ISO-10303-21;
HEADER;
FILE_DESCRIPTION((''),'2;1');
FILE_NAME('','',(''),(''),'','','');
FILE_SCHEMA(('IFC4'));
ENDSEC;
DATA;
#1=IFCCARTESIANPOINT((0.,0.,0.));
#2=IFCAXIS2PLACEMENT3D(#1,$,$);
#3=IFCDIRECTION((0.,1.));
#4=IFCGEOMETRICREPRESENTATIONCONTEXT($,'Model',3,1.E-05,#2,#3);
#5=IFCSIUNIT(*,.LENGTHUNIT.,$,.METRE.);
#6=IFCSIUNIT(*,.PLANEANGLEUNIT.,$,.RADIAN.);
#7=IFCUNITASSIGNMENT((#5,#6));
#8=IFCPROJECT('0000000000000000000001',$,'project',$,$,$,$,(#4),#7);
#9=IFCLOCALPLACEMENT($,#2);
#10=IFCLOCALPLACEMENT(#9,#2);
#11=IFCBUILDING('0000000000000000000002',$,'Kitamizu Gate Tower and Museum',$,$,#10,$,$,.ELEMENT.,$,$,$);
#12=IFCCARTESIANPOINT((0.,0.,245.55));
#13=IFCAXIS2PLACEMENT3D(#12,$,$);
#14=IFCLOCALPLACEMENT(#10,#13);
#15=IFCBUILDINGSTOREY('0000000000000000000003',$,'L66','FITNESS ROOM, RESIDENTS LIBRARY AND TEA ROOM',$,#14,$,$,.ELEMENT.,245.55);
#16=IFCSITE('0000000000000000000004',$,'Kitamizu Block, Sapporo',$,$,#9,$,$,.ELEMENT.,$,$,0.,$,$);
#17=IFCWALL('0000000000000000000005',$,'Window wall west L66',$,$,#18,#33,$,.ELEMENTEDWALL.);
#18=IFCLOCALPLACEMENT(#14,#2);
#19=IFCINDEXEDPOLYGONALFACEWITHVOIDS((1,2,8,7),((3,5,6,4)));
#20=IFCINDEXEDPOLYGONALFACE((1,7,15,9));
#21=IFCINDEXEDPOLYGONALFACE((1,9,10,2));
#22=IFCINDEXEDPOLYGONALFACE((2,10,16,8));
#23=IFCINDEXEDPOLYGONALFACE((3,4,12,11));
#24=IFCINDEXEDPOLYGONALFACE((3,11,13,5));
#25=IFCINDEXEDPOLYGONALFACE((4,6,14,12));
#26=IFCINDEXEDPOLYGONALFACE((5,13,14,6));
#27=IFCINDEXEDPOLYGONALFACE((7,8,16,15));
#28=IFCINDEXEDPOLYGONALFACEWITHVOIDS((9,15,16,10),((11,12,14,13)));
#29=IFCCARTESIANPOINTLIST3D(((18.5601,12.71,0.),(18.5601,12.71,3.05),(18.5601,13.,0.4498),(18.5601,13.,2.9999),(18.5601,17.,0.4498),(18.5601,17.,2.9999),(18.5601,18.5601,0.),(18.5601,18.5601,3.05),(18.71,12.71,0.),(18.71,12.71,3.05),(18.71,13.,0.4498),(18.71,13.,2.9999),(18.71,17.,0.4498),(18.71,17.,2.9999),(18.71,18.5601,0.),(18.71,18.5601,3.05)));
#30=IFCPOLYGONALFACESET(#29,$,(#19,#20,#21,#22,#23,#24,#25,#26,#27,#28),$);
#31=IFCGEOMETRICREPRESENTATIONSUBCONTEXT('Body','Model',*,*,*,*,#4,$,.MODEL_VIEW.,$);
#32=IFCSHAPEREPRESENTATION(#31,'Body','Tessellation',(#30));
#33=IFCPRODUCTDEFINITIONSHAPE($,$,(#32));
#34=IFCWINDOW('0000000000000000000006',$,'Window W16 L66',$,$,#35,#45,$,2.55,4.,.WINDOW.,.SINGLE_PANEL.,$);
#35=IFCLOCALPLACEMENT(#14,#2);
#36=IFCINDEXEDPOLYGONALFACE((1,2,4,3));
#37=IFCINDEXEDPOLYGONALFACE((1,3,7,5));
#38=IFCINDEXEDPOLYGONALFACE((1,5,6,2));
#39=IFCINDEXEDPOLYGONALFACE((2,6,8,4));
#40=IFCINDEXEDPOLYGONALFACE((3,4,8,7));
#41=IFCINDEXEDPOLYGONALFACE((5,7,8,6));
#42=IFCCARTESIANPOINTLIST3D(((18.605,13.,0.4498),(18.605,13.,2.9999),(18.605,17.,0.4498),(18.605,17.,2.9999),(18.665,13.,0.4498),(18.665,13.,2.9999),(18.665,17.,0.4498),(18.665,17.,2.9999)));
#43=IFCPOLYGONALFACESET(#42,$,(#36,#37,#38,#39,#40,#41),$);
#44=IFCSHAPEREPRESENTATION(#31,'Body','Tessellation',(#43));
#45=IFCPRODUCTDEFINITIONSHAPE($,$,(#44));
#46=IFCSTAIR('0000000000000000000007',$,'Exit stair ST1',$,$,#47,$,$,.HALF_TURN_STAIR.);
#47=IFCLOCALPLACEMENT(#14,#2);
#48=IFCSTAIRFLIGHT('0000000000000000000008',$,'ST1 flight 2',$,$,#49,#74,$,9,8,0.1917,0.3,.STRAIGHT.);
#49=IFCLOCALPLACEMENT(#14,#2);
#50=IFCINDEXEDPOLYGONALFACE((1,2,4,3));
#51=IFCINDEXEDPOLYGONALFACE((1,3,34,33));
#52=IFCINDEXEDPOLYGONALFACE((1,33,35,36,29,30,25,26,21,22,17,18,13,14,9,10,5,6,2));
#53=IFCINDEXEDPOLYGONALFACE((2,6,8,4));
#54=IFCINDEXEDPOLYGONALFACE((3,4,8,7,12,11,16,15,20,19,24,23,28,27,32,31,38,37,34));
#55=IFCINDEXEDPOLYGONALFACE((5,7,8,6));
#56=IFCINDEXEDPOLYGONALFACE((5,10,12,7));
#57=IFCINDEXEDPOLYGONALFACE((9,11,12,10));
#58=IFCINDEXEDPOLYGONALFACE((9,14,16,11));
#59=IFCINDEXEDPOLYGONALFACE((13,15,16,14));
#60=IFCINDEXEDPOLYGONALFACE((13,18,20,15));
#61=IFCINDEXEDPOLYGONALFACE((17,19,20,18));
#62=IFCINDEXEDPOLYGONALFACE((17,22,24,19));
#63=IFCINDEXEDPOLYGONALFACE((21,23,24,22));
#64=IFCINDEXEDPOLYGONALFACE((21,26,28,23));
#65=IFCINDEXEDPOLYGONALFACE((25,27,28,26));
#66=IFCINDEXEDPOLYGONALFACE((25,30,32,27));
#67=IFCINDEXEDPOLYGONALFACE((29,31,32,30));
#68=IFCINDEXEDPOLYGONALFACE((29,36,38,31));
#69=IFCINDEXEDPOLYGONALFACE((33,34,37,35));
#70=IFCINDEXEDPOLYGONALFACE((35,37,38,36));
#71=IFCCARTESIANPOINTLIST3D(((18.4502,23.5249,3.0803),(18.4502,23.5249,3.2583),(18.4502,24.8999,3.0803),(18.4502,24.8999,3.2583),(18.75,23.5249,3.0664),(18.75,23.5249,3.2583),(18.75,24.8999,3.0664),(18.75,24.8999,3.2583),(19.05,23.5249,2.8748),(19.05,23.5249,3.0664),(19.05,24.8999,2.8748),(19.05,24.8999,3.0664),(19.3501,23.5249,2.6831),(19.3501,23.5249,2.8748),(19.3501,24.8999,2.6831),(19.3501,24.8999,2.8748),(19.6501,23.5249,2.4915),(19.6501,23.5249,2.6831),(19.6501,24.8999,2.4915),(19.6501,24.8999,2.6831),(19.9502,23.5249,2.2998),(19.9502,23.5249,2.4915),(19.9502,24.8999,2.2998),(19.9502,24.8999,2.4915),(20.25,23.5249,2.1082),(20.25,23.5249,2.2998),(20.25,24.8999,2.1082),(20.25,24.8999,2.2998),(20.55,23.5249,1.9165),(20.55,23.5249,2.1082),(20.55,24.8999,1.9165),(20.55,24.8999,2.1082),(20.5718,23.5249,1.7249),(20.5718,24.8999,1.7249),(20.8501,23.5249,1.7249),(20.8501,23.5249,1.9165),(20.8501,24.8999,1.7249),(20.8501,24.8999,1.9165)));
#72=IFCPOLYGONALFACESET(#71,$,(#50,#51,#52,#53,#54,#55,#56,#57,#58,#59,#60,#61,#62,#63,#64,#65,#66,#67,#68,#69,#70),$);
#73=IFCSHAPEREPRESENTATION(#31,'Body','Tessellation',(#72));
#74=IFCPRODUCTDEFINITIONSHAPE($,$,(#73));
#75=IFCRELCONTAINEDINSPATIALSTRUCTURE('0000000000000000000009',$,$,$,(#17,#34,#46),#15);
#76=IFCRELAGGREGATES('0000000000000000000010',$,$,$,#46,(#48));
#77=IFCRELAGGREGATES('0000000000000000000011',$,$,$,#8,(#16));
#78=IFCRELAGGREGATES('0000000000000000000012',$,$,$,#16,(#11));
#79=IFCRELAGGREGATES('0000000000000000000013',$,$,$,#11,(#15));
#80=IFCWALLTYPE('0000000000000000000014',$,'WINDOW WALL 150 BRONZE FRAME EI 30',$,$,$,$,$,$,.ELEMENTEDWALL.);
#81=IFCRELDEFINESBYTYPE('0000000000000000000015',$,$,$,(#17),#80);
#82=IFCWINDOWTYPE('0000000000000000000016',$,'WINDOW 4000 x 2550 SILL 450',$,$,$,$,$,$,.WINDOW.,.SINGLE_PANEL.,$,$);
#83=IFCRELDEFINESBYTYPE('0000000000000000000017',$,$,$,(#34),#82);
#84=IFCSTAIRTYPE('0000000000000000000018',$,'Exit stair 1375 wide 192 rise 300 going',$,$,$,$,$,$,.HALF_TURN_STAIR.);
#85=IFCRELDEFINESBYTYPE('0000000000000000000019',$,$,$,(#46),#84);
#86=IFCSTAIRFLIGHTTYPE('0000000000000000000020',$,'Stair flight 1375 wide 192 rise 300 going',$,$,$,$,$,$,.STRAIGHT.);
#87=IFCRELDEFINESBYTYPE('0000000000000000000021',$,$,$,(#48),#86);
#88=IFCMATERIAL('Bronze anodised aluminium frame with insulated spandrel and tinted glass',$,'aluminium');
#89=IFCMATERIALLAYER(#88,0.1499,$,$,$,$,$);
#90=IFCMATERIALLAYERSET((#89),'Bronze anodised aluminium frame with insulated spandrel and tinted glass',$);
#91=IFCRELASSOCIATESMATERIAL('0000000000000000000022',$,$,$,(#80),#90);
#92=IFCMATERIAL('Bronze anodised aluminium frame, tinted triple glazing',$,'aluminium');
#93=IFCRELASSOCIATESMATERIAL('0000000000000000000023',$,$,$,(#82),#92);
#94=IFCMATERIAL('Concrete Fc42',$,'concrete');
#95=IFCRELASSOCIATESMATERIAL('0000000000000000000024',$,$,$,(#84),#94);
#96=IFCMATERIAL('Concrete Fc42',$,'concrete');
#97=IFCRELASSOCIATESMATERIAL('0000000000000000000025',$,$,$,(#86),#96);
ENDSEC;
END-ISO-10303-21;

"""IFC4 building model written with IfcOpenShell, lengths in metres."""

from ifc_helpers import new_model, si_unit, direction, frame, frame_2d, origin, place, context, subcontext, project, spatial, polyline, rectangle, outline, extrude, material, layer, layer_set, type_object, element, fill, aggregate, save


model = new_model("IFC4")

# Units and contexts
model_context = context("Model", 3, precision=1e-05, world=origin(), true_north=direction((0.0, 1.0)))
body_context = subcontext(model_context, "Body", "Model", "MODEL_VIEW")
ifc_project = project(units=[si_unit("LENGTHUNIT", "METRE"), si_unit("PLANEANGLEUNIT", "RADIAN")], contexts=[model_context])

# Site, building, storey
site_placement = place(None, origin())
site = spatial("IfcSite", under=ifc_project, at=site_placement, Name="Kitamizu Block, Sapporo", CompositionType="ELEMENT", RefElevation=0.0)
building_placement = place(site_placement, origin())
building = spatial("IfcBuilding", under=site, at=building_placement, Name="Kitamizu Gate Tower and Museum", CompositionType="ELEMENT")
storey_placement = place(building_placement, frame((0.0, 0.0, 245.55)))
storey = spatial("IfcBuildingStorey", under=building, at=storey_placement, Name="L66", Description="FITNESS ROOM, RESIDENTS LIBRARY AND TEA ROOM", CompositionType="ELEMENT", Elevation=245.55)

# Shared definitions
ifc_material_1 = material(Name="Bronze anodised aluminium frame with insulated spandrel and tinted glass", Category="aluminium")
ifc_layer_1 = layer(ifc_material_1, 0.1499)
ifc_layer_set_1 = layer_set([ifc_layer_1], Name="Bronze anodised aluminium frame with insulated spandrel and tinted glass")
wall_type_1 = type_object("IfcWallType", Name="WINDOW WALL 150 BRONZE FRAME EI 30", PredefinedType="ELEMENTEDWALL", material=ifc_layer_set_1)

# Wall, opening, window
wall_1_placement = place(storey_placement, frame((18.635, 12.71, 0.0), z_axis=(0.0, 0.0, 1.0), x_axis=(0.0, 1.0, 0.0)))
wall_1 = element("IfcWall", 1, at=wall_1_placement, inside=storey, type_object=wall_type_1, Name="Window wall west L66", PredefinedType="ELEMENTEDWALL", context=body_context, shape_type="SweptSolid", body=[
    extrude(rectangle(XDim=5.8501, YDim=0.1499, at=frame_2d((2.925, 0.0))), origin(), (0.0, 0.0, 1.0), 3.05),
])
opening_1_placement = place(wall_1_placement, frame((0.29, 0.0, 0.45)))
opening_1 = element("IfcOpeningElement", 2, at=opening_1_placement, cuts=wall_1, PredefinedType="OPENING", context=body_context, shape_type="SweptSolid", body=[
    extrude(rectangle(XDim=4.0, YDim=2.55, at=frame_2d((2.0, 1.2749))), frame((0.0, 0.085, 0.0), z_axis=(0.0, -1.0, 0.0), x_axis=(1.0, 0.0, 0.0)), (0.0, 0.0, 1.0), 0.1699),
])
ifc_material_2 = material(Name="Bronze anodised aluminium frame, tinted triple glazing", Category="aluminium")
window_type_1 = type_object("IfcWindowType", Name="WINDOW 4000 x 2550 SILL 450", PartitioningType="SINGLE_PANEL", PredefinedType="WINDOW", material=ifc_material_2)
window_1_placement = place(opening_1_placement, origin())
window_1 = element("IfcWindow", 3, at=window_1_placement, inside=storey, type_object=window_type_1, Name="Window W16 L66", OverallHeight=2.55, OverallWidth=4.0, PartitioningType="SINGLE_PANEL", PredefinedType="WINDOW", context=body_context, shape_type="SweptSolid", body=[
    extrude(rectangle(XDim=4.0, YDim=2.55, at=frame_2d((2.0, 1.2749))), frame((0.0, 0.03, 0.0), z_axis=(0.0, -1.0, 0.0), x_axis=(1.0, 0.0, 0.0)), (0.0, 0.0, 1.0), 0.0601),
])
fill(opening_1, window_1)

# Stair, stair flight
ifc_material_3 = material(Name="Concrete Fc42", Category="concrete")
stair_type = type_object("IfcStairType", Name="Exit stair 1375 wide 192 rise 300 going", PredefinedType="HALF_TURN_STAIR", material=ifc_material_3)
stair_placement = place(storey_placement, origin())
stair = element("IfcStair", 4, at=stair_placement, inside=storey, type_object=stair_type, Name="Exit stair ST1", PredefinedType="HALF_TURN_STAIR")
ifc_material_4 = material(Name="Concrete Fc42", Category="concrete")
stair_flight_type = type_object("IfcStairFlightType", Name="Stair flight 1375 wide 192 rise 300 going", PredefinedType="STRAIGHT", material=ifc_material_4)
stair_flight_placement = place(storey_placement, frame((20.8501, 24.2124, 1.7249), z_axis=(0.0, 0.0, 1.0), x_axis=(-1.0, 0.0, 0.0)))
stair_flight = element("IfcStairFlight", 5, at=stair_flight_placement, type_object=stair_flight_type, Name="ST1 flight 2", NumberOfRisers=9, NumberOfTreads=8, PredefinedType="STRAIGHT", RiserHeight=0.1917, TreadLength=0.3, context=body_context, shape_type="SweptSolid", body=[
    extrude(outline(polyline([(0.0, 0.0), (0.0, 0.1917), (0.3, 0.1917), (0.3, 0.3833), (0.6001, 0.3833), (0.6001, 0.575), (0.8999, 0.575), (0.8999, 0.7666), (1.2, 0.7666), (1.2, 0.9583), (1.5, 0.9583), (1.5, 1.1499), (1.8, 1.1499), (1.8, 1.3416), (2.1001, 1.3416), (2.1001, 1.5334), (2.3999, 1.5334), (2.3999, 1.7251), (2.3999, 1.3555), (0.2783, 0.0), (0.0, 0.0)])), frame((0.0, 0.6875, 0.0), z_axis=(0.0, -1.0, 0.0), x_axis=(1.0, 0.0, 0.0)), (0.0, 0.0, 1.0), 1.375),
])
aggregate(stair, [stair_flight])

save(model, "model.ifc")
